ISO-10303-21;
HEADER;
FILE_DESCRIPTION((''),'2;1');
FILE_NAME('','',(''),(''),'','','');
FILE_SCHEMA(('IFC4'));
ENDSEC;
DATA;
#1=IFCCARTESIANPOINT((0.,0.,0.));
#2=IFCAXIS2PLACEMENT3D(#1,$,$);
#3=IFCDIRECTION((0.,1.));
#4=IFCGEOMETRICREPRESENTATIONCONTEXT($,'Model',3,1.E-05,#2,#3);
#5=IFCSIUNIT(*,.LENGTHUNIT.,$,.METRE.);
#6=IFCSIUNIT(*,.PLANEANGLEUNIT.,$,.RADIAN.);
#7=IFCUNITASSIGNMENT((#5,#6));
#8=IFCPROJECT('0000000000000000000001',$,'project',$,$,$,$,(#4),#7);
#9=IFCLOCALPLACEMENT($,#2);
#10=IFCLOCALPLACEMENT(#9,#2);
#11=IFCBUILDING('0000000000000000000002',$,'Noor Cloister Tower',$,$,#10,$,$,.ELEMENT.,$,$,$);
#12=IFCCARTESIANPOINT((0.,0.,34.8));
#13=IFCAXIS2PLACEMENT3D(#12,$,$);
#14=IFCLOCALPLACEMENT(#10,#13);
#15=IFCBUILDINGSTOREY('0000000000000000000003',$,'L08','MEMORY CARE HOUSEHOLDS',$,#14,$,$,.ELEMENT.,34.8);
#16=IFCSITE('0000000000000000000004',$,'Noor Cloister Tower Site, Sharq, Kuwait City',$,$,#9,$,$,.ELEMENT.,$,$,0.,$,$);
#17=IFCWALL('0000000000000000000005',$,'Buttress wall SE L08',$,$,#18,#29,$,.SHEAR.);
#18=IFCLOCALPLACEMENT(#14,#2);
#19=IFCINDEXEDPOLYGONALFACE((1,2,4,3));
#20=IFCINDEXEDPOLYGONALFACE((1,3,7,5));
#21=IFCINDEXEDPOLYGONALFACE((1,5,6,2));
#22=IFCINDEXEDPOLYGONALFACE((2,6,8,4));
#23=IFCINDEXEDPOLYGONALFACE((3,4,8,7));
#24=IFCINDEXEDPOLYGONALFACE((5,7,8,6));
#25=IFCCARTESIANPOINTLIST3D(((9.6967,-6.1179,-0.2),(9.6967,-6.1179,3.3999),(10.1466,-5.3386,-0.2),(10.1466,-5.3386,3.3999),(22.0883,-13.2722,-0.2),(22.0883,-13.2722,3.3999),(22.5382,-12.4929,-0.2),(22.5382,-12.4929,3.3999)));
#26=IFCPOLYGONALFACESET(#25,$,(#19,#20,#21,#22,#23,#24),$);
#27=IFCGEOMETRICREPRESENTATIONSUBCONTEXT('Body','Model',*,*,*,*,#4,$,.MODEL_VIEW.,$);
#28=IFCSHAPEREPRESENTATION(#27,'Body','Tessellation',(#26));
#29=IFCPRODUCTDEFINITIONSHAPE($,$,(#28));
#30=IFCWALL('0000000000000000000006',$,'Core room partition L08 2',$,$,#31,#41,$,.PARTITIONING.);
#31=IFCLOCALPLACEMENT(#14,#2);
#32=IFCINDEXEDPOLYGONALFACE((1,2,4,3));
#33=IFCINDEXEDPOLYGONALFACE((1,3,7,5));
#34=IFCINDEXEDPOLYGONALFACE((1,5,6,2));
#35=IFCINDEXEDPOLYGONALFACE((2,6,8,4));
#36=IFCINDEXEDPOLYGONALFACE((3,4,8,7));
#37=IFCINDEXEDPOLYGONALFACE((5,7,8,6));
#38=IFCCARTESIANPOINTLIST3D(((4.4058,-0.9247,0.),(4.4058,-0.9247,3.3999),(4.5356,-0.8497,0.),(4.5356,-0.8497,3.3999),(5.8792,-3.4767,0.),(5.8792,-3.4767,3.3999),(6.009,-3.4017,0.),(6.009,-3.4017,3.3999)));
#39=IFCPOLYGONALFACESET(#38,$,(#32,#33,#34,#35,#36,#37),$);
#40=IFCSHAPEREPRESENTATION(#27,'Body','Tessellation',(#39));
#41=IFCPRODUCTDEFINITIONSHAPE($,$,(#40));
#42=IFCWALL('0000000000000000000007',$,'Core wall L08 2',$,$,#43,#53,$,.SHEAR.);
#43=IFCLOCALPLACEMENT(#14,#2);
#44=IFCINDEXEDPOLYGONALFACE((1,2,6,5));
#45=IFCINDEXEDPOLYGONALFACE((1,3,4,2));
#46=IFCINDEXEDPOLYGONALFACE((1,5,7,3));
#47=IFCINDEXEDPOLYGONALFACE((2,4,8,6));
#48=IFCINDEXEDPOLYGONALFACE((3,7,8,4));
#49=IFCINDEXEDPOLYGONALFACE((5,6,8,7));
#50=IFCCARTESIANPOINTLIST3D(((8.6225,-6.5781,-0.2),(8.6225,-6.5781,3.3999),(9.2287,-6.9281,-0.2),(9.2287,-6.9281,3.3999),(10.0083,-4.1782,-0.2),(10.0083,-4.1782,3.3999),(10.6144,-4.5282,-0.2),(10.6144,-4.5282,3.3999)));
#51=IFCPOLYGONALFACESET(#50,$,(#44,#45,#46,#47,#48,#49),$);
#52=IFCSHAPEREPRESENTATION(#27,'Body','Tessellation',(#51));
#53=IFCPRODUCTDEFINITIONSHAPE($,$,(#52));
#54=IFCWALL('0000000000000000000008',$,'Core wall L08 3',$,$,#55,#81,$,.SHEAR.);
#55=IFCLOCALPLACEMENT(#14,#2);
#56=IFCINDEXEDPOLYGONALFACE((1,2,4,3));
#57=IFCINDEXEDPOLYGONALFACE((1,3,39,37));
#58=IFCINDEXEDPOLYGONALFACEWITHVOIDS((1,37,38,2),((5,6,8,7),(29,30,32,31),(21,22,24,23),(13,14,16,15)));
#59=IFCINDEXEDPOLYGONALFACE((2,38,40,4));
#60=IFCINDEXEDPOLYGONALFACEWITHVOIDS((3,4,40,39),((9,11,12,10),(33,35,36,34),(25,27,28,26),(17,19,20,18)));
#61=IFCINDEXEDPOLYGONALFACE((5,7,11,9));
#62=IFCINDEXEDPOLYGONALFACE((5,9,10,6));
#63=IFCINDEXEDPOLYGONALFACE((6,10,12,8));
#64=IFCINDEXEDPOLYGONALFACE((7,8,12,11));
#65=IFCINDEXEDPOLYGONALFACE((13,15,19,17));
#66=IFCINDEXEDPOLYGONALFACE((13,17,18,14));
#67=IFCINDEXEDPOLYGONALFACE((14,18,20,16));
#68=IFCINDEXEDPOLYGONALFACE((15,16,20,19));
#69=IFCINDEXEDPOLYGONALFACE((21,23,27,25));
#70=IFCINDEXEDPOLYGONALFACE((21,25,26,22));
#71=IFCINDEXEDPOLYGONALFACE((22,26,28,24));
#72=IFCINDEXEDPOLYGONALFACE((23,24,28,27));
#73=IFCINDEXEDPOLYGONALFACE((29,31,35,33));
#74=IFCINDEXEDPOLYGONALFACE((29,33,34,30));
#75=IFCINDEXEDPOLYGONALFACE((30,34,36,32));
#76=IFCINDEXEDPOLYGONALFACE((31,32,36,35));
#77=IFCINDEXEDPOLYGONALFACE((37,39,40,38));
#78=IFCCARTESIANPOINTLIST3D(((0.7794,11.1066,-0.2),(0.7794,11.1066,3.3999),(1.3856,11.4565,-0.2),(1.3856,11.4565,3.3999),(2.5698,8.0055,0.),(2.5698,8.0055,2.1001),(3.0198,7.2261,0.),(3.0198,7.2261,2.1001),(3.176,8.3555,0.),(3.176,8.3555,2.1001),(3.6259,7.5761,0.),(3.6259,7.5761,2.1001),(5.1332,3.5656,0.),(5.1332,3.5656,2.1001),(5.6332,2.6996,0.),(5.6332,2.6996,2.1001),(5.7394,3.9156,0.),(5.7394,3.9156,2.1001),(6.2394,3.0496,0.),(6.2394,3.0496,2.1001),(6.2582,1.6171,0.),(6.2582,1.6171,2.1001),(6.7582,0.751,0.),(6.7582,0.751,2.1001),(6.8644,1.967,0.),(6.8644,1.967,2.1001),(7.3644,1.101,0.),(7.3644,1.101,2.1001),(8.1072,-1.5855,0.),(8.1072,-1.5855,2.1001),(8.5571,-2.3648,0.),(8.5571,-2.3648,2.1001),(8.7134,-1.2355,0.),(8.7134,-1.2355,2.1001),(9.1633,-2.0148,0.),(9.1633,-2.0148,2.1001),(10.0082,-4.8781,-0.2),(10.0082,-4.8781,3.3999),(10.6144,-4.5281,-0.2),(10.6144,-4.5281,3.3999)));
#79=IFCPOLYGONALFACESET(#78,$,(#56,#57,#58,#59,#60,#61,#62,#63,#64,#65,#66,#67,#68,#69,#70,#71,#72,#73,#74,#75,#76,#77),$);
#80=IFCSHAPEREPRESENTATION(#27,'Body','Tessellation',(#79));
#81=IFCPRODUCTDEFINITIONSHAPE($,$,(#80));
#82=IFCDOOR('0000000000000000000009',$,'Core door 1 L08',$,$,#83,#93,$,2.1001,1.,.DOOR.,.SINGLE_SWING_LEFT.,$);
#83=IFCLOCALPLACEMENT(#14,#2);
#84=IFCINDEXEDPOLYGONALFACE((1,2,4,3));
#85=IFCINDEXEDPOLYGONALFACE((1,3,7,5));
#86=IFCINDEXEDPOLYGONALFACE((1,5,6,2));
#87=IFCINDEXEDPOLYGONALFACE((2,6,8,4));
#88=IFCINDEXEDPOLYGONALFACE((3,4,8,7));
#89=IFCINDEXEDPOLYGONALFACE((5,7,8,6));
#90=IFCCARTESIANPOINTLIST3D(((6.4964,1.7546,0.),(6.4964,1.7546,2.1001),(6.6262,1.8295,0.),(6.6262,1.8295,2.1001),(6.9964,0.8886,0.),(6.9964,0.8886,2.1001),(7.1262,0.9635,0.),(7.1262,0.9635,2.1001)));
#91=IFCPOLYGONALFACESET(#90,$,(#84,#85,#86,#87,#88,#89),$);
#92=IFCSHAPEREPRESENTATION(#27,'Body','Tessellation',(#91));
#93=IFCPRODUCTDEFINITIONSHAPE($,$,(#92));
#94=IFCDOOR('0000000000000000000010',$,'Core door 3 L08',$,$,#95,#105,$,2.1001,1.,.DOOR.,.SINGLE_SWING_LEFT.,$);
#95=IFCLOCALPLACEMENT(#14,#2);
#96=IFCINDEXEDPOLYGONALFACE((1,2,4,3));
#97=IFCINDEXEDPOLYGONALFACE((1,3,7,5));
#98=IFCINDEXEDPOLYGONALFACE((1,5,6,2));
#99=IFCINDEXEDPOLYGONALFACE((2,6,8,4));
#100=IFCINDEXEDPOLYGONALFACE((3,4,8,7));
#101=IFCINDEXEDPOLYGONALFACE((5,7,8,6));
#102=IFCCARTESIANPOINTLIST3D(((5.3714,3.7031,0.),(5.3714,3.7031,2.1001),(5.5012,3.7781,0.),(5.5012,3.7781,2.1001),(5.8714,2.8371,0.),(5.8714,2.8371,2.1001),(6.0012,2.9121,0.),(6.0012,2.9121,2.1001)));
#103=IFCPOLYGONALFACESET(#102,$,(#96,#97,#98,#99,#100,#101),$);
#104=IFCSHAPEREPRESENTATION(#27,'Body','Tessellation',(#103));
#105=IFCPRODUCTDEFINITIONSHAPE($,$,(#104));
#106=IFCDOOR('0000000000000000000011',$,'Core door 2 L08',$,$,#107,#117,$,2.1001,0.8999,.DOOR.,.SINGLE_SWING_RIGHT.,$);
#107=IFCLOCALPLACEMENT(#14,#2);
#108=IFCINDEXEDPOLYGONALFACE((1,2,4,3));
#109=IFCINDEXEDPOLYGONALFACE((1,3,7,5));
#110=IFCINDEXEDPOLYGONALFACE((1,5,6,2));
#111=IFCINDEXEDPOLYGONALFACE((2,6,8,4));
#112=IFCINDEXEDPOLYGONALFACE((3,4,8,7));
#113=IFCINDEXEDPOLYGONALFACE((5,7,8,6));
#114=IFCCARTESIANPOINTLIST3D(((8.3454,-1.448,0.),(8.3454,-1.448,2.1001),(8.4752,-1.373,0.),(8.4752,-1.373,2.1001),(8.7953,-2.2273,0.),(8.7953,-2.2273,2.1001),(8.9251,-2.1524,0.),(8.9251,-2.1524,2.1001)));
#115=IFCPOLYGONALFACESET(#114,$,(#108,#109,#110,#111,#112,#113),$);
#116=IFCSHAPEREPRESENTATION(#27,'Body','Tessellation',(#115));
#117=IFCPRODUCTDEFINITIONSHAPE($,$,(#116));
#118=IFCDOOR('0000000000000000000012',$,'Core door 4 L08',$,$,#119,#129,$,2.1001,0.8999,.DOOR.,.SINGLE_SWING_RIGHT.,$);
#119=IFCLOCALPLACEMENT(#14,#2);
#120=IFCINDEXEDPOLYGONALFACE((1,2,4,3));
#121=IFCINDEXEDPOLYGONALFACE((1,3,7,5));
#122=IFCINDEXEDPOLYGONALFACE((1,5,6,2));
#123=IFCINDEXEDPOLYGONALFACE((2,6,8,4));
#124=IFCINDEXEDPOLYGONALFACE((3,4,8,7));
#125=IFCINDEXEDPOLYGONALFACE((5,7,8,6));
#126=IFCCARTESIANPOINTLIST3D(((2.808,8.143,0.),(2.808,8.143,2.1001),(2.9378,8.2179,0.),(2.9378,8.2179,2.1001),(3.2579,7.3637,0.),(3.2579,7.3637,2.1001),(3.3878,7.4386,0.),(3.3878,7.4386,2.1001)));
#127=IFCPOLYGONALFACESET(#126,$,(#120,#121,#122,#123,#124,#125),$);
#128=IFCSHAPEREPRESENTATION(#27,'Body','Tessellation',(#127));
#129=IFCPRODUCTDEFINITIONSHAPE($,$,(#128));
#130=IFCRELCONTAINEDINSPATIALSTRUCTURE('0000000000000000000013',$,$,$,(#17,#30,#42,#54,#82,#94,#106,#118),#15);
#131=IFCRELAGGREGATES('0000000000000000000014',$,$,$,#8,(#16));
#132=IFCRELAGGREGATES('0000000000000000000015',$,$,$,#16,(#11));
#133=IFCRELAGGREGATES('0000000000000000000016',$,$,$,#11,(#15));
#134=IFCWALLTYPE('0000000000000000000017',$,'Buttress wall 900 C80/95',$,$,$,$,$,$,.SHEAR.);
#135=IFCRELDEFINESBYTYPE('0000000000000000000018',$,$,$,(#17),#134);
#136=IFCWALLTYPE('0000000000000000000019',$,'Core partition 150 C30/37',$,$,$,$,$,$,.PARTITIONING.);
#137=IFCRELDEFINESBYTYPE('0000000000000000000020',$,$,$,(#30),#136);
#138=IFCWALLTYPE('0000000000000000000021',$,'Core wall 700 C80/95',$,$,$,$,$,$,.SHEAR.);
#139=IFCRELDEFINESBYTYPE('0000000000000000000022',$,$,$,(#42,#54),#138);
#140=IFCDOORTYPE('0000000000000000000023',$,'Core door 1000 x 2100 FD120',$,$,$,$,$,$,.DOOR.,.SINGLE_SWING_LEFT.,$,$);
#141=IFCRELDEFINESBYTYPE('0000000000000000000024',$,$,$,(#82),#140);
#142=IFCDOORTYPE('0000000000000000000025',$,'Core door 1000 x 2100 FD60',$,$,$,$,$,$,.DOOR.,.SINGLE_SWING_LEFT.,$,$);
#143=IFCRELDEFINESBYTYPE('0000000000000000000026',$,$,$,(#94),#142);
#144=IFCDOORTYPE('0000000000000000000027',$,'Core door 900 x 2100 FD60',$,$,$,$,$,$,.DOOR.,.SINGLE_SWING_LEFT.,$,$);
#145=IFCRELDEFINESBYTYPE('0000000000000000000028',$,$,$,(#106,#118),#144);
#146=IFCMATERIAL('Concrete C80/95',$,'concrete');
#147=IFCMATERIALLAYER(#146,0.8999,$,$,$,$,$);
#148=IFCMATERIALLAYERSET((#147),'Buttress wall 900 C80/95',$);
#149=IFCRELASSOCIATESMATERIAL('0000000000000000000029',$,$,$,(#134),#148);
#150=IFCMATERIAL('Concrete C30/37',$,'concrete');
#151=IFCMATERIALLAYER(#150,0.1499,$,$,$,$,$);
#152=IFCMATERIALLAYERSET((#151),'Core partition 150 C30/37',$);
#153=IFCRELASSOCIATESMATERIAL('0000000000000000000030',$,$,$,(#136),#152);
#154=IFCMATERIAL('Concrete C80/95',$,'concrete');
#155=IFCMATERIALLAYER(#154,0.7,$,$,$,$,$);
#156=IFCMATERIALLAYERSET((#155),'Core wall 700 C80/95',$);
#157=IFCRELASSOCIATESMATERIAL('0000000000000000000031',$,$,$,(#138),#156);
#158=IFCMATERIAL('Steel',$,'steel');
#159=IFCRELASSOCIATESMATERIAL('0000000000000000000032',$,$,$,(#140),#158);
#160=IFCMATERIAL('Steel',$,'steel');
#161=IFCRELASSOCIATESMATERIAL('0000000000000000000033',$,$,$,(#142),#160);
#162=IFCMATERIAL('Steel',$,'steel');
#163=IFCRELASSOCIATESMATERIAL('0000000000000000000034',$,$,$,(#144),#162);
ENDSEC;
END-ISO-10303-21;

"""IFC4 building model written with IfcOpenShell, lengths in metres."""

from ifc_helpers import new_model, si_unit, direction, frame, frame_2d, origin, place, context, subcontext, project, spatial, rectangle, extrude, material, layer, layer_set, type_object, element, fill, save


model = new_model("IFC4")

# Units and contexts
model_context = context("Model", 3, precision=1e-05, world=origin(), true_north=direction((0.0, 1.0)))
body_context = subcontext(model_context, "Body", "Model", "MODEL_VIEW")
ifc_project = project(units=[si_unit("LENGTHUNIT", "METRE"), si_unit("PLANEANGLEUNIT", "RADIAN")], contexts=[model_context])

# Site, building, storey
site_placement = place(None, origin())
site = spatial("IfcSite", under=ifc_project, at=site_placement, Name="Noor Cloister Tower Site, Sharq, Kuwait City", CompositionType="ELEMENT", RefElevation=0.0)
building_placement = place(site_placement, origin())
building = spatial("IfcBuilding", under=site, at=building_placement, Name="Noor Cloister Tower", CompositionType="ELEMENT")
storey_placement = place(building_placement, frame((0.0, 0.0, 34.8)))
storey = spatial("IfcBuildingStorey", under=building, at=storey_placement, Name="L08", Description="MEMORY CARE HOUSEHOLDS", CompositionType="ELEMENT", Elevation=34.8)

# Walls
ifc_material_1 = material(Name="Concrete C80/95", Category="concrete")
ifc_layer_1 = layer(ifc_material_1, 0.8999)
ifc_layer_set_1 = layer_set([ifc_layer_1], Name="Buttress wall 900 C80/95")
wall_type_1 = type_object("IfcWallType", Name="Buttress wall 900 C80/95", PredefinedType="SHEAR", material=ifc_layer_set_1)
wall_1_placement = place(storey_placement, frame((9.9216, -5.7283, -0.2), z_axis=(0.0, 0.0, 1.0), x_axis=(0.866025, -0.5, 0.0)))
element("IfcWall", 1, at=wall_1_placement, inside=storey, type_object=wall_type_1, Name="Buttress wall SE L08", PredefinedType="SHEAR", context=body_context, shape_type="SweptSolid", body=[
    extrude(rectangle(XDim=14.3086, YDim=0.8999, at=frame_2d((7.1543, 0.0))), origin(), (0.0, 0.0, 1.0), 3.5999),
])
ifc_material_2 = material(Name="Concrete C30/37", Category="concrete")
ifc_layer_2 = layer(ifc_material_2, 0.1499)
ifc_layer_set_2 = layer_set([ifc_layer_2], Name="Core partition 150 C30/37")
wall_type_2 = type_object("IfcWallType", Name="Core partition 150 C30/37", PredefinedType="PARTITIONING", material=ifc_layer_set_2)
wall_2_placement = place(storey_placement, frame((5.9441, -3.4392, 0.0), z_axis=(0.0, 0.0, 1.0), x_axis=(-0.499997, 0.866027, 0.0)))
element("IfcWall", 2, at=wall_2_placement, inside=storey, type_object=wall_type_2, Name="Core room partition L08 2", PredefinedType="PARTITIONING", context=body_context, shape_type="SweptSolid", body=[
    extrude(rectangle(XDim=2.9468, YDim=0.1499, at=frame_2d((1.4734, 0.0))), origin(), (0.0, 0.0, 1.0), 3.3999),
])
ifc_material_3 = material(Name="Concrete C80/95", Category="concrete")
ifc_layer_3 = layer(ifc_material_3, 0.7)
ifc_layer_set_3 = layer_set([ifc_layer_3], Name="Core wall 700 C80/95")
wall_type_3 = type_object("IfcWallType", Name="Core wall 700 C80/95", PredefinedType="SHEAR", material=ifc_layer_set_3)
wall_3_placement = place(storey_placement, frame((8.9255, -6.7532, -0.2), z_axis=(0.0, 0.0, 1.0), x_axis=(0.500043, 0.866001, 0.0)))
element("IfcWall", 3, at=wall_3_placement, inside=storey, type_object=wall_type_3, Name="Core wall L08 2", PredefinedType="SHEAR", context=body_context, shape_type="SweptSolid", body=[
    extrude(rectangle(XDim=2.7712, YDim=0.7, at=frame_2d((1.3857, 0.0))), origin(), (0.0, 0.0, 1.0), 3.5999),
])

# Wall, openings, doors
wall_4_placement = place(storey_placement, frame((10.3113, -4.7031, -0.2), z_axis=(0.0, 0.0, 1.0), x_axis=(-0.500001, 0.866025, 0.0)))
wall_4 = element("IfcWall", 4, at=wall_4_placement, inside=storey, type_object=wall_type_3, Name="Core wall L08 3", PredefinedType="SHEAR", context=body_context, shape_type="SweptSolid", body=[
    extrude(rectangle(XDim=18.4575, YDim=0.7, at=frame_2d((9.2288, 0.0))), origin(), (0.0, 0.0, 1.0), 3.5999),
])
opening_1_placement = place(wall_4_placement, frame((6.5, 0.0, 0.2)))
opening_1 = element("IfcOpeningElement", 5, at=opening_1_placement, cuts=wall_4, PredefinedType="OPENING", context=body_context, shape_type="SweptSolid", body=[
    extrude(rectangle(XDim=1.0, YDim=2.1001, at=frame_2d((0.5, 1.05))), frame((0.0, 0.3599, 0.0), z_axis=(0.0, -1.0, 0.0), x_axis=(1.0, 0.0, 0.0)), (0.0, 0.0, 1.0), 0.72),
])
opening_2_placement = place(wall_4_placement, frame((2.9021, 0.0, 0.2)))
opening_2 = element("IfcOpeningElement", 6, at=opening_2_placement, cuts=wall_4, PredefinedType="OPENING", context=body_context, shape_type="SweptSolid", body=[
    extrude(rectangle(XDim=0.8999, YDim=2.1001, at=frame_2d((0.45, 1.05))), frame((0.0, 0.3599, 0.0), z_axis=(0.0, -1.0, 0.0), x_axis=(1.0, 0.0, 0.0)), (0.0, 0.0, 1.0), 0.72),
])
opening_3_placement = place(wall_4_placement, frame((8.75, 0.0, 0.2)))
opening_3 = element("IfcOpeningElement", 7, at=opening_3_placement, cuts=wall_4, PredefinedType="OPENING", context=body_context, shape_type="SweptSolid", body=[
    extrude(rectangle(XDim=1.0, YDim=2.1001, at=frame_2d((0.5, 1.05))), frame((0.0, 0.3599, 0.0), z_axis=(0.0, -1.0, 0.0), x_axis=(1.0, 0.0, 0.0)), (0.0, 0.0, 1.0), 0.72),
])
opening_4_placement = place(wall_4_placement, frame((13.9768, 0.0, 0.2)))
opening_4 = element("IfcOpeningElement", 8, at=opening_4_placement, cuts=wall_4, PredefinedType="OPENING", context=body_context, shape_type="SweptSolid", body=[
    extrude(rectangle(XDim=0.8999, YDim=2.1001, at=frame_2d((0.45, 1.05))), frame((0.0, 0.3599, 0.0), z_axis=(0.0, -1.0, 0.0), x_axis=(1.0, 0.0, 0.0)), (0.0, 0.0, 1.0), 0.72),
])
ifc_material_4 = material(Name="Steel", Category="steel")
door_type_1 = type_object("IfcDoorType", Name="Core door 1000 x 2100 FD120", OperationType="SINGLE_SWING_LEFT", PredefinedType="DOOR", material=ifc_material_4)
door_1_placement = place(opening_1_placement, origin())
door_1 = element("IfcDoor", 9, at=door_1_placement, inside=storey, type_object=door_type_1, Name="Core door 1 L08", OperationType="SINGLE_SWING_LEFT", OverallHeight=2.1001, OverallWidth=1.0, PredefinedType="DOOR", context=body_context, shape_type="SweptSolid", body=[
    extrude(rectangle(XDim=1.0, YDim=2.1001, at=frame_2d((0.5, 1.05))), frame((0.0, 0.075, 0.0), z_axis=(0.0, -1.0, 0.0), x_axis=(1.0, 0.0, 0.0)), (0.0, 0.0, 1.0), 0.1499),
])
fill(opening_1, door_1)
ifc_material_5 = material(Name="Steel", Category="steel")
door_type_2 = type_object("IfcDoorType", Name="Core door 1000 x 2100 FD60", OperationType="SINGLE_SWING_LEFT", PredefinedType="DOOR", material=ifc_material_5)
door_2_placement = place(opening_3_placement, origin())
door_2 = element("IfcDoor", 10, at=door_2_placement, inside=storey, type_object=door_type_2, Name="Core door 3 L08", OperationType="SINGLE_SWING_LEFT", OverallHeight=2.1001, OverallWidth=1.0, PredefinedType="DOOR", context=body_context, shape_type="SweptSolid", body=[
    extrude(rectangle(XDim=1.0, YDim=2.1001, at=frame_2d((0.5, 1.05))), frame((0.0, 0.075, 0.0), z_axis=(0.0, -1.0, 0.0), x_axis=(1.0, 0.0, 0.0)), (0.0, 0.0, 1.0), 0.1499),
])
fill(opening_3, door_2)
ifc_material_6 = material(Name="Steel", Category="steel")
door_type_3 = type_object("IfcDoorType", Name="Core door 900 x 2100 FD60", OperationType="SINGLE_SWING_LEFT", PredefinedType="DOOR", material=ifc_material_6)
door_3_placement = place(opening_2_placement, origin())
door_3 = element("IfcDoor", 11, at=door_3_placement, inside=storey, type_object=door_type_3, Name="Core door 2 L08", OperationType="SINGLE_SWING_RIGHT", OverallHeight=2.1001, OverallWidth=0.8999, PredefinedType="DOOR", context=body_context, shape_type="SweptSolid", body=[
    extrude(rectangle(XDim=0.8999, YDim=2.1001, at=frame_2d((0.45, 1.05))), frame((0.0, 0.075, 0.0), z_axis=(0.0, -1.0, 0.0), x_axis=(1.0, 0.0, 0.0)), (0.0, 0.0, 1.0), 0.1499),
])
fill(opening_2, door_3)
door_4_placement = place(opening_4_placement, origin())
door_4 = element("IfcDoor", 12, at=door_4_placement, inside=storey, type_object=door_type_3, Name="Core door 4 L08", OperationType="SINGLE_SWING_RIGHT", OverallHeight=2.1001, OverallWidth=0.8999, PredefinedType="DOOR", context=body_context, shape_type="SweptSolid", body=[
    extrude(rectangle(XDim=0.8999, YDim=2.1001, at=frame_2d((0.45, 1.05))), frame((0.0, 0.075, 0.0), z_axis=(0.0, -1.0, 0.0), x_axis=(1.0, 0.0, 0.0)), (0.0, 0.0, 1.0), 0.1499),
])
fill(opening_4, door_4)

save(model, "model.ifc")
